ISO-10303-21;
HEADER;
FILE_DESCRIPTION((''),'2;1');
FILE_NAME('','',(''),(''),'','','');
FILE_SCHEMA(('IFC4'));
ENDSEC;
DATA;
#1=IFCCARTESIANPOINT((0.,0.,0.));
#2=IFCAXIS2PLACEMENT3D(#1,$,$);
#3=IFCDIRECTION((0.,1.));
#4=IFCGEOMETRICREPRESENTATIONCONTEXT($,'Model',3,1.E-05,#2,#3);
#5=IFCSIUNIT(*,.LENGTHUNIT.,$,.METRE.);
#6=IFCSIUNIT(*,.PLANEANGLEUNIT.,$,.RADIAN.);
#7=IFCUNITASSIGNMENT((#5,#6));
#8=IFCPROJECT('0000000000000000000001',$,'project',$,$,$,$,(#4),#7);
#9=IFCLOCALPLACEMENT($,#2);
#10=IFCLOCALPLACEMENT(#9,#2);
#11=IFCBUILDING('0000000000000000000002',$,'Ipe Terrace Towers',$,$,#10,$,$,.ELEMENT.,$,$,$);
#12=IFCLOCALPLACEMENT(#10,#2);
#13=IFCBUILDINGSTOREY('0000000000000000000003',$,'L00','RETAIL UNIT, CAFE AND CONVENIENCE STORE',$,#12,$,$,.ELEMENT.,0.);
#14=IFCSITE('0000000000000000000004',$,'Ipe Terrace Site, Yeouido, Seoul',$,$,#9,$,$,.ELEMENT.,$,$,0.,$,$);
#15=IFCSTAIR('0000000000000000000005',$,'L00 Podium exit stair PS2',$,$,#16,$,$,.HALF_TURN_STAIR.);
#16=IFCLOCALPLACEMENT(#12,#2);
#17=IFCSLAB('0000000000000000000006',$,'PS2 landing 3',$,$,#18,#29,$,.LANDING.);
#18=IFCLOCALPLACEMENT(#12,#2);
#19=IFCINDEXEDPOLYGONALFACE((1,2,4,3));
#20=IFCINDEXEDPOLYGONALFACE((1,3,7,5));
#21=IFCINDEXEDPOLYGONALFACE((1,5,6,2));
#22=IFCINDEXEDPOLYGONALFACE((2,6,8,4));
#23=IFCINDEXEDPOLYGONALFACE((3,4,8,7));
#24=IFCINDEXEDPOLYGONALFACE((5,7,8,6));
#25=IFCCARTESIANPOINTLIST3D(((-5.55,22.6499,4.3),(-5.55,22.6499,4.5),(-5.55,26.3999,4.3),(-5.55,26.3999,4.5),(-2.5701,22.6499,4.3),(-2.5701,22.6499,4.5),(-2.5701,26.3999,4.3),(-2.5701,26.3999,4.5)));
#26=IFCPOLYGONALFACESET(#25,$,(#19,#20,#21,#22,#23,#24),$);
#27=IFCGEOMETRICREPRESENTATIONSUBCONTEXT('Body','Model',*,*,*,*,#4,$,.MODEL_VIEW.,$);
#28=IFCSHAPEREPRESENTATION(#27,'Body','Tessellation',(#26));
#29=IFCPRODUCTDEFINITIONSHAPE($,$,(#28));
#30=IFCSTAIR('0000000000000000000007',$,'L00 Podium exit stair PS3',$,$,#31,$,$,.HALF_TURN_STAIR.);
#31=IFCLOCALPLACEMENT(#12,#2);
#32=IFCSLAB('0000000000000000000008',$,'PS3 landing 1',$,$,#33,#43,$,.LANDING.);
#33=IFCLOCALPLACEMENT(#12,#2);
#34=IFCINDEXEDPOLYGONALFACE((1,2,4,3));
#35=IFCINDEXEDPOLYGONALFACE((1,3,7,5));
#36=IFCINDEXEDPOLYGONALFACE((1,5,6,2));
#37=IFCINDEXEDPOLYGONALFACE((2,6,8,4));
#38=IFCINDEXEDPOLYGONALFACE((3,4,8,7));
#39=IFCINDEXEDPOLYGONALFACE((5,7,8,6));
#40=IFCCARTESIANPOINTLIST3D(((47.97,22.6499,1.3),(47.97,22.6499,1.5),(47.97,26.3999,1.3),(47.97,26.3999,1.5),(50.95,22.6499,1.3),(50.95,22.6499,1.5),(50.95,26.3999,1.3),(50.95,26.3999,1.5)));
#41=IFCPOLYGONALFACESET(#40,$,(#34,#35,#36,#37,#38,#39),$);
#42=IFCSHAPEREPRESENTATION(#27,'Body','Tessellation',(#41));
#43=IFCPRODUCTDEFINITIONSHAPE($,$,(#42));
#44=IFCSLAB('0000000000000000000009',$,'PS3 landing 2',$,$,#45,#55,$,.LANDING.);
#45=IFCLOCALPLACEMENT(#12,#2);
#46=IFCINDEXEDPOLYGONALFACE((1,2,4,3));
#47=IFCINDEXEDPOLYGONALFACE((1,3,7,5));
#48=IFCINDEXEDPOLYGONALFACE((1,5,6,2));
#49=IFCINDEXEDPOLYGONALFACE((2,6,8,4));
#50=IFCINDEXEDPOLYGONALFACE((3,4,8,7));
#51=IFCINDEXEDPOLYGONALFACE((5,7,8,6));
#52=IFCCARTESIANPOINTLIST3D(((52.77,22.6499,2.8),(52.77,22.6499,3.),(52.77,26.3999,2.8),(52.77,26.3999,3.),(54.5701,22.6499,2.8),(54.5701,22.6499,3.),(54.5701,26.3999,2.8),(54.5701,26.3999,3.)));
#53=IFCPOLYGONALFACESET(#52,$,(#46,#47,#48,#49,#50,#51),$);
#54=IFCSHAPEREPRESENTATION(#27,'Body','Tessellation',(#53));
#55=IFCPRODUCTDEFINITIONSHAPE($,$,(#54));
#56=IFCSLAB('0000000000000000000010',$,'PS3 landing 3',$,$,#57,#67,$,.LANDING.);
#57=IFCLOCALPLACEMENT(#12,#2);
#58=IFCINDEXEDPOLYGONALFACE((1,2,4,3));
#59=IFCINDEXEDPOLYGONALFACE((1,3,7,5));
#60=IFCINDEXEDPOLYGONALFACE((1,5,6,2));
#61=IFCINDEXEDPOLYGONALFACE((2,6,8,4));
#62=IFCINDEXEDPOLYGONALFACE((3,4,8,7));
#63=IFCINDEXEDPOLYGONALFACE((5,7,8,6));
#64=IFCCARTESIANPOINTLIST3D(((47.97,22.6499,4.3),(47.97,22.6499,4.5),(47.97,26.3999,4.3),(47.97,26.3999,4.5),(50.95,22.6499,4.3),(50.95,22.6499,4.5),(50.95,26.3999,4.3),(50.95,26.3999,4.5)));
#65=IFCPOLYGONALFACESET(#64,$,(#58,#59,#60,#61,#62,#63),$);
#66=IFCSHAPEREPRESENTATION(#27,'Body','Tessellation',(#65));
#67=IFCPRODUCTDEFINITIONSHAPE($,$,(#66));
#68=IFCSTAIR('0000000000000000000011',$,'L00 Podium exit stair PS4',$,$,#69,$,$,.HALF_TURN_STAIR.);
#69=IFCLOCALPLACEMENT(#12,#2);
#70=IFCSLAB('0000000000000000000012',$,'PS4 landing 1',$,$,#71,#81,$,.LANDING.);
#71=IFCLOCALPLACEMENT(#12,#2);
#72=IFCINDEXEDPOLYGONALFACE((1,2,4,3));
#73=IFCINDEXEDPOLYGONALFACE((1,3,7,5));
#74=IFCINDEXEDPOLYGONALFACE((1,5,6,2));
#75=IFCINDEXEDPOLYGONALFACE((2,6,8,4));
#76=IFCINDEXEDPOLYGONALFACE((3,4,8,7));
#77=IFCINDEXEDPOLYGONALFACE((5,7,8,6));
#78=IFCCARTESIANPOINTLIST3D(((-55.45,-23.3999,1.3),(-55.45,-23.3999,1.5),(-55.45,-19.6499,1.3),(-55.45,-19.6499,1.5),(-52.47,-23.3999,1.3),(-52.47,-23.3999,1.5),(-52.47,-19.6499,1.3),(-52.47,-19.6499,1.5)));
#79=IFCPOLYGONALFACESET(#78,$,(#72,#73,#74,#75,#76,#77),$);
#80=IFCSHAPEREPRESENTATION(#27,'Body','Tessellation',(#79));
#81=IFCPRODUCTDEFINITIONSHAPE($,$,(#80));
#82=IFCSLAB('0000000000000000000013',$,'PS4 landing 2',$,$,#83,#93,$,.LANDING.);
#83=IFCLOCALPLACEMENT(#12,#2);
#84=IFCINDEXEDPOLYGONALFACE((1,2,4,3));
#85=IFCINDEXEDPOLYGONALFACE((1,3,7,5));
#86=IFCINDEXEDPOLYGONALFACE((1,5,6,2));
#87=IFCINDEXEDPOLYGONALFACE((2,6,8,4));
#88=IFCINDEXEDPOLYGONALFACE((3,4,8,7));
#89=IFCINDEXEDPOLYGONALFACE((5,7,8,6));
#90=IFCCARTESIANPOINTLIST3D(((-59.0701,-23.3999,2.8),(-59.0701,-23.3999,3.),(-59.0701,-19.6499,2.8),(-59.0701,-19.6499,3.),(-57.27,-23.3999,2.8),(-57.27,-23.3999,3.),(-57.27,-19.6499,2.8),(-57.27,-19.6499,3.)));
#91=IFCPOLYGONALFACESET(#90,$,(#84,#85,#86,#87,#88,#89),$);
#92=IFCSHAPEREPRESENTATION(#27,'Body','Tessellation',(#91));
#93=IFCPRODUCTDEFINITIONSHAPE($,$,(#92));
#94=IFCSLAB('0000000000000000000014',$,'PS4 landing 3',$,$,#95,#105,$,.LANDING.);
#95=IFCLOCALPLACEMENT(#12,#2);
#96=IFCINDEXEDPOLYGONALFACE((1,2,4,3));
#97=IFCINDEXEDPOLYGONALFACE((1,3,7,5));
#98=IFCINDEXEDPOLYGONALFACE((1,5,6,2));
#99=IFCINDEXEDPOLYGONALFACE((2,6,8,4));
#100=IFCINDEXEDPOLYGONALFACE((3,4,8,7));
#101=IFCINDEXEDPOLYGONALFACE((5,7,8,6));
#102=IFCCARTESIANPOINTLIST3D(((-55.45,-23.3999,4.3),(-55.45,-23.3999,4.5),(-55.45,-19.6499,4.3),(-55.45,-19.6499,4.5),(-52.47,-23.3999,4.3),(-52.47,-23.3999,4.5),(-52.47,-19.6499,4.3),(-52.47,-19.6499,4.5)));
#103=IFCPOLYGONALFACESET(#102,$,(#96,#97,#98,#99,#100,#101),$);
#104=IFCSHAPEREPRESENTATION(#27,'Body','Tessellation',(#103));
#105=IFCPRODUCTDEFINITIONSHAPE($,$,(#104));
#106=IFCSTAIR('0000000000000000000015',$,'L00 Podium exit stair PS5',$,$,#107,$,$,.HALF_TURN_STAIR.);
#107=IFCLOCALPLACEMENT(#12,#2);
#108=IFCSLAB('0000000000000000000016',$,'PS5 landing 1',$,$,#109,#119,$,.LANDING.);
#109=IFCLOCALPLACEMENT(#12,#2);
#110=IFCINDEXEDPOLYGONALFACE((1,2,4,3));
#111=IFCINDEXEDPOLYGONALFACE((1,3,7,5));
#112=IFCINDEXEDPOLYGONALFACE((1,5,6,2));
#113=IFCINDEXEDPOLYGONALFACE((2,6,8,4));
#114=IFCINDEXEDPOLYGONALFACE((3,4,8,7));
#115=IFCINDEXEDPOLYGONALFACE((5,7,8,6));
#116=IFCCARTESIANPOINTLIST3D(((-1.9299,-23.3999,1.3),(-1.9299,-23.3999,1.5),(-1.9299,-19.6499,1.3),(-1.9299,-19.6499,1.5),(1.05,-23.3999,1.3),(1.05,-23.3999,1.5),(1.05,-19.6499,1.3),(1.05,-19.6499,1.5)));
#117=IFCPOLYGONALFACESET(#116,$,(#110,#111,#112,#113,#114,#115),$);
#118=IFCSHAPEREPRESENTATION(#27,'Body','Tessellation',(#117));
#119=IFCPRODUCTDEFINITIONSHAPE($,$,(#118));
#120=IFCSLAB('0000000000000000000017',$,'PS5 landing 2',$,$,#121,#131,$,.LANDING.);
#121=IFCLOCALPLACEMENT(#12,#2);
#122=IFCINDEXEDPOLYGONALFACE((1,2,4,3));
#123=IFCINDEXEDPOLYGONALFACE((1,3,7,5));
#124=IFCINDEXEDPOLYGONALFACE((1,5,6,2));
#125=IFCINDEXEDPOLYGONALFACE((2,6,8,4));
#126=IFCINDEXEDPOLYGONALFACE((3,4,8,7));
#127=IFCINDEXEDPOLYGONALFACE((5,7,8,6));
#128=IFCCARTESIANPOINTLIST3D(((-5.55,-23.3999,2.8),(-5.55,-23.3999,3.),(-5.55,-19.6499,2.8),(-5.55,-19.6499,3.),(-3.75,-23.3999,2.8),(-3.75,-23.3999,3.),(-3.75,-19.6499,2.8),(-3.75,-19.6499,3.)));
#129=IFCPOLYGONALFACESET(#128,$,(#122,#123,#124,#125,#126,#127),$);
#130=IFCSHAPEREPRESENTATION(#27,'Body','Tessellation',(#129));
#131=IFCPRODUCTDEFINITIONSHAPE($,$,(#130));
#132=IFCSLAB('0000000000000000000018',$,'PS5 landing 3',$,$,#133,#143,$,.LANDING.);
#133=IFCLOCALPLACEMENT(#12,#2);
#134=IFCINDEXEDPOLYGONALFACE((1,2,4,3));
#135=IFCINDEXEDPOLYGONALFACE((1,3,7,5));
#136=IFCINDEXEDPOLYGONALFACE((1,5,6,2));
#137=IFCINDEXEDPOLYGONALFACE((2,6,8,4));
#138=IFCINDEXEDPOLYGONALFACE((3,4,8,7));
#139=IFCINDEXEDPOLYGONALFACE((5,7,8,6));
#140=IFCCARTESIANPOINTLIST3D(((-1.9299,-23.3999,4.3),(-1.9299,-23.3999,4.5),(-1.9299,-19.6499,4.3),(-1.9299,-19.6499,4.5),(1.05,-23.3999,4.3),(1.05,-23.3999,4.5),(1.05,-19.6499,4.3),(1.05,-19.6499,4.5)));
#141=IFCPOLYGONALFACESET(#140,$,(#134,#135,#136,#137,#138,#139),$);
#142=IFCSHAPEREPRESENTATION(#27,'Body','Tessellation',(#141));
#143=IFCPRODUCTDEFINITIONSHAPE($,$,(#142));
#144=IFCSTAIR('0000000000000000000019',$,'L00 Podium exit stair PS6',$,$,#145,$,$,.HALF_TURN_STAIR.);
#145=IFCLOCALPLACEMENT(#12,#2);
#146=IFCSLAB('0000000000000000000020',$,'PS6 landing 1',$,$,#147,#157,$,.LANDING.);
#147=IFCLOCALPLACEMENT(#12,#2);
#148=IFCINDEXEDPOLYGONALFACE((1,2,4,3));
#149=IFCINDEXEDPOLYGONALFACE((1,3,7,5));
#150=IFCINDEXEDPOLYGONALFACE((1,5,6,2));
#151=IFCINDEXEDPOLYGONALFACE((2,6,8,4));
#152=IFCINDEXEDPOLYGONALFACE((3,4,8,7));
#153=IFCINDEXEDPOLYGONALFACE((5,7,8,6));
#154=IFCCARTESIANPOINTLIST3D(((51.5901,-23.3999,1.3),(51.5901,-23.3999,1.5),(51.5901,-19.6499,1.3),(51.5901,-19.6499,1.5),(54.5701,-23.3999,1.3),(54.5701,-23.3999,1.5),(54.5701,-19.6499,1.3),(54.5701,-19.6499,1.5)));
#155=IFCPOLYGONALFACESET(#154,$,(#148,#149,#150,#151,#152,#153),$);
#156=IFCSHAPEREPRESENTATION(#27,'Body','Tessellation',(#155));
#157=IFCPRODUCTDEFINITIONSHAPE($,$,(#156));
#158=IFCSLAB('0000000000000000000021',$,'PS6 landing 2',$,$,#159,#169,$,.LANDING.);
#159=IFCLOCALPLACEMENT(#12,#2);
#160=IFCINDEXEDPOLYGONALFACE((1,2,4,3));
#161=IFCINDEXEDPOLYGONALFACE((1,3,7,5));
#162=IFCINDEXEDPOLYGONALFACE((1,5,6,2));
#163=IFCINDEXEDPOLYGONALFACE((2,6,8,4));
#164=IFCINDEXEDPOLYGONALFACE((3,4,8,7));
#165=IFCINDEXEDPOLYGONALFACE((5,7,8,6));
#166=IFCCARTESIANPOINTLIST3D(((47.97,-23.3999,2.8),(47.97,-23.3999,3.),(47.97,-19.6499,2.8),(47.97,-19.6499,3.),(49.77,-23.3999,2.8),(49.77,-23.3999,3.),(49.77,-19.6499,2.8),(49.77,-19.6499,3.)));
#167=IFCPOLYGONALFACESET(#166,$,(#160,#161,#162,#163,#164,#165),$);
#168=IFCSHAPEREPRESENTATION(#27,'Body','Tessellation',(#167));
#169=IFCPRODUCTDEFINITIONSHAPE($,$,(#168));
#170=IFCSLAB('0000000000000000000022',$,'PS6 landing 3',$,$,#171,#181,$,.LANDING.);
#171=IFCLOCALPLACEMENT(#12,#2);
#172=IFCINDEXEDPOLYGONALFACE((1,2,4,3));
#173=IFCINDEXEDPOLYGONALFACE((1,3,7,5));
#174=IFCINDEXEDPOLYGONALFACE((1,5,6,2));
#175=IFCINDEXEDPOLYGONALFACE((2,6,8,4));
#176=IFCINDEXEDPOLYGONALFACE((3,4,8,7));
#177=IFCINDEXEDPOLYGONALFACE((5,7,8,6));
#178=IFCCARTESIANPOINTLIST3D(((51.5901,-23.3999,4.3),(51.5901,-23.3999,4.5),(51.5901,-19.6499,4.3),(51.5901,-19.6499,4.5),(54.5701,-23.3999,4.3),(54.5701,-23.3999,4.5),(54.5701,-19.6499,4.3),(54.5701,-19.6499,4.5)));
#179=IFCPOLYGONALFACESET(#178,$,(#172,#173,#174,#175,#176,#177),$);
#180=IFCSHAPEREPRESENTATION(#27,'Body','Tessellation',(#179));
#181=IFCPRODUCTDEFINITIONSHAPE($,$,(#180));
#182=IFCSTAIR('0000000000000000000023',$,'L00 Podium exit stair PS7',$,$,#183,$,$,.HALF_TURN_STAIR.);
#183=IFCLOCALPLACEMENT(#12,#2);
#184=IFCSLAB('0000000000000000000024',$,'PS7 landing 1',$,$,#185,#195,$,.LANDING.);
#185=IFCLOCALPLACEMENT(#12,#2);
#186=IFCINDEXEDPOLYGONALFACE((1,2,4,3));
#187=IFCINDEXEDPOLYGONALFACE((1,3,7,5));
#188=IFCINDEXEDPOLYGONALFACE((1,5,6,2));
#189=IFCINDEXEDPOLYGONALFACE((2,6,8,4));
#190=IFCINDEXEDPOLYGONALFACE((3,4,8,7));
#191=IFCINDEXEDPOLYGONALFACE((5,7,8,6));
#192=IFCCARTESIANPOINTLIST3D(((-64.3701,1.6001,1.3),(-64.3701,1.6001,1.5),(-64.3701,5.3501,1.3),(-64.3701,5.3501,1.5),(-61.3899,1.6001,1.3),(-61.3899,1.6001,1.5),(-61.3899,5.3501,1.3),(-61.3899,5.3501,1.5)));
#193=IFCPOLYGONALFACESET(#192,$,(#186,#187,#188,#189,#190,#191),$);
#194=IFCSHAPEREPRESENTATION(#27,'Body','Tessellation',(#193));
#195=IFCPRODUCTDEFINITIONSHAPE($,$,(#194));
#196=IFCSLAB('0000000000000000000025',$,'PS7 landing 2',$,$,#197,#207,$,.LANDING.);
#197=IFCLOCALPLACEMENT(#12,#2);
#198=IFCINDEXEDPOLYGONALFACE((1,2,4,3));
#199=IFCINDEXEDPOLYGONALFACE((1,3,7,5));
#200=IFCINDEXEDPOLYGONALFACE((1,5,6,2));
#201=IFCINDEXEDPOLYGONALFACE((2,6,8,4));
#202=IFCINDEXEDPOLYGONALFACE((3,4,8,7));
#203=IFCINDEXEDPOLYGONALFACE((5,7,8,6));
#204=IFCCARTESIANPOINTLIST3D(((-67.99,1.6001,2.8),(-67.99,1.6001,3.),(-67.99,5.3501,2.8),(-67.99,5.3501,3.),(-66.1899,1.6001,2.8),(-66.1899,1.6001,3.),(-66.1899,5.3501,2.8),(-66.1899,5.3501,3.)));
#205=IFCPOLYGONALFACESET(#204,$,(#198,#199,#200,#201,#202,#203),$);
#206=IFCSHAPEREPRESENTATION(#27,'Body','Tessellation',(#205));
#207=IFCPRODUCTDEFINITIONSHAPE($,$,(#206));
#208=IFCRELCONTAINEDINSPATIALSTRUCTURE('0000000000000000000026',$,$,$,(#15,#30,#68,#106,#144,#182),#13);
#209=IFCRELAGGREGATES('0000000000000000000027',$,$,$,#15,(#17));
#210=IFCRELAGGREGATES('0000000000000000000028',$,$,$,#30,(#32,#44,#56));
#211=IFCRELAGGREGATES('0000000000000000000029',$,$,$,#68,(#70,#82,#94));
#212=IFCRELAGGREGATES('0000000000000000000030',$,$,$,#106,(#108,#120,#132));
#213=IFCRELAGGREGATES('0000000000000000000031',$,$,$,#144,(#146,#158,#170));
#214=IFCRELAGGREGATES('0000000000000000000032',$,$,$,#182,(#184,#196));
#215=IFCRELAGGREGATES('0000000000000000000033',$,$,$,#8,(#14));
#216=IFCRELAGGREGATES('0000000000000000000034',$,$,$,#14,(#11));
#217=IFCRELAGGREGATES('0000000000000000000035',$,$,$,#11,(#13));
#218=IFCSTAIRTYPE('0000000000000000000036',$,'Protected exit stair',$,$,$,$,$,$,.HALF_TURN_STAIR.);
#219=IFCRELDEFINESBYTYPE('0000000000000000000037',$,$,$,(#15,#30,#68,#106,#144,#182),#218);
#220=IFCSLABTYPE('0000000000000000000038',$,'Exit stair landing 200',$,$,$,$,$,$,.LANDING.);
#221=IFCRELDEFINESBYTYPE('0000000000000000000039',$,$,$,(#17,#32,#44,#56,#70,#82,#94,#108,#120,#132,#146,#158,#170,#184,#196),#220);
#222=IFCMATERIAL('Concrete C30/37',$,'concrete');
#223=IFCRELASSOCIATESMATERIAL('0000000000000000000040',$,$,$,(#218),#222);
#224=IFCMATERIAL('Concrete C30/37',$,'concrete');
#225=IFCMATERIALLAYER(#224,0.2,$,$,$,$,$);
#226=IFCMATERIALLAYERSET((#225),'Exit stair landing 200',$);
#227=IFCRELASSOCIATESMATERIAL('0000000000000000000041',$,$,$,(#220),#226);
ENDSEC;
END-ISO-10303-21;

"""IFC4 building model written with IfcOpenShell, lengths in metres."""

from ifc_helpers import new_model, si_unit, direction, frame, origin, place, context, subcontext, project, spatial, polyline, outline, extrude, material, layer, layer_set, type_object, element, aggregate, save


model = new_model("IFC4")

# Units and contexts
model_context = context("Model", 3, precision=1e-05, world=origin(), true_north=direction((0.0, 1.0)))
body_context = subcontext(model_context, "Body", "Model", "MODEL_VIEW")
ifc_project = project(units=[si_unit("LENGTHUNIT", "METRE"), si_unit("PLANEANGLEUNIT", "RADIAN")], contexts=[model_context])

# Site, building, storey
site_placement = place(None, origin())
site = spatial("IfcSite", under=ifc_project, at=site_placement, Name="Ipe Terrace Site, Yeouido, Seoul", CompositionType="ELEMENT", RefElevation=0.0)
building_placement = place(site_placement, origin())
building = spatial("IfcBuilding", under=site, at=building_placement, Name="Ipe Terrace Towers", CompositionType="ELEMENT")
storey_placement = place(building_placement, origin())
storey = spatial("IfcBuildingStorey", under=building, at=storey_placement, Name="L00", Description="RETAIL UNIT, CAFE AND CONVENIENCE STORE", CompositionType="ELEMENT", Elevation=0.0)

# Stairs, slabs
ifc_material_1 = material(Name="Concrete C30/37", Category="concrete")
stair_type = type_object("IfcStairType", Name="Protected exit stair", PredefinedType="HALF_TURN_STAIR", material=ifc_material_1)
ifc_material_2 = material(Name="Concrete C30/37", Category="concrete")
ifc_layer_1 = layer(ifc_material_2, 0.2)
ifc_layer_set_1 = layer_set([ifc_layer_1], Name="Exit stair landing 200")
slab_type_1 = type_object("IfcSlabType", Name="Exit stair landing 200", PredefinedType="LANDING", material=ifc_layer_set_1)
stair_1_placement = place(storey_placement, origin())
stair_1 = element("IfcStair", 1, at=stair_1_placement, inside=storey, type_object=stair_type, Name="L00 Podium exit stair PS2", PredefinedType="HALF_TURN_STAIR")
slab_1_placement = place(storey_placement, frame((0.0, 0.0, 4.3)))
slab_1 = element("IfcSlab", 2, at=slab_1_placement, type_object=slab_type_1, Name="PS2 landing 3", PredefinedType="LANDING", context=body_context, shape_type="SweptSolid", body=[
    extrude(outline(polyline([(-2.5701, 26.3999), (-5.55, 26.3999), (-5.55, 22.6499), (-2.5701, 22.6499), (-2.5701, 26.3999)])), origin(), (0.0, 0.0, 1.0), 0.2),
])
aggregate(stair_1, [slab_1])
stair_2_placement = place(storey_placement, origin())
stair_2 = element("IfcStair", 3, at=stair_2_placement, inside=storey, type_object=stair_type, Name="L00 Podium exit stair PS3", PredefinedType="HALF_TURN_STAIR")
slab_2_placement = place(storey_placement, frame((0.0, 0.0, 1.3)))
slab_2 = element("IfcSlab", 4, at=slab_2_placement, type_object=slab_type_1, Name="PS3 landing 1", PredefinedType="LANDING", context=body_context, shape_type="SweptSolid", body=[
    extrude(outline(polyline([(50.95, 26.3999), (47.97, 26.3999), (47.97, 22.6499), (50.95, 22.6499), (50.95, 26.3999)])), origin(), (0.0, 0.0, 1.0), 0.2),
])
slab_3_placement = place(storey_placement, frame((0.0, 0.0, 2.8)))
slab_3 = element("IfcSlab", 5, at=slab_3_placement, type_object=slab_type_1, Name="PS3 landing 2", PredefinedType="LANDING", context=body_context, shape_type="SweptSolid", body=[
    extrude(outline(polyline([(54.5701, 26.3999), (52.77, 26.3999), (52.77, 22.6499), (54.5701, 22.6499), (54.5701, 26.3999)])), origin(), (0.0, 0.0, 1.0), 0.2),
])
slab_4_placement = place(storey_placement, frame((0.0, 0.0, 4.3)))
slab_4 = element("IfcSlab", 6, at=slab_4_placement, type_object=slab_type_1, Name="PS3 landing 3", PredefinedType="LANDING", context=body_context, shape_type="SweptSolid", body=[
    extrude(outline(polyline([(50.95, 26.3999), (47.97, 26.3999), (47.97, 22.6499), (50.95, 22.6499), (50.95, 26.3999)])), origin(), (0.0, 0.0, 1.0), 0.2),
])
aggregate(stair_2, [slab_2, slab_3, slab_4])
stair_3_placement = place(storey_placement, origin())
stair_3 = element("IfcStair", 7, at=stair_3_placement, inside=storey, type_object=stair_type, Name="L00 Podium exit stair PS4", PredefinedType="HALF_TURN_STAIR")
slab_5_placement = place(storey_placement, frame((0.0, 0.0, 1.3)))
slab_5 = element("IfcSlab", 8, at=slab_5_placement, type_object=slab_type_1, Name="PS4 landing 1", PredefinedType="LANDING", context=body_context, shape_type="SweptSolid", body=[
    extrude(outline(polyline([(-55.45, -23.3999), (-52.47, -23.3999), (-52.47, -19.6499), (-55.45, -19.6499), (-55.45, -23.3999)])), origin(), (0.0, 0.0, 1.0), 0.2),
])
slab_6_placement = place(storey_placement, frame((0.0, 0.0, 2.8)))
slab_6 = element("IfcSlab", 9, at=slab_6_placement, type_object=slab_type_1, Name="PS4 landing 2", PredefinedType="LANDING", context=body_context, shape_type="SweptSolid", body=[
    extrude(outline(polyline([(-59.0701, -23.3999), (-57.27, -23.3999), (-57.27, -19.6499), (-59.0701, -19.6499), (-59.0701, -23.3999)])), origin(), (0.0, 0.0, 1.0), 0.2),
])
slab_7_placement = place(storey_placement, frame((0.0, 0.0, 4.3)))
slab_7 = element("IfcSlab", 10, at=slab_7_placement, type_object=slab_type_1, Name="PS4 landing 3", PredefinedType="LANDING", context=body_context, shape_type="SweptSolid", body=[
    extrude(outline(polyline([(-55.45, -23.3999), (-52.47, -23.3999), (-52.47, -19.6499), (-55.45, -19.6499), (-55.45, -23.3999)])), origin(), (0.0, 0.0, 1.0), 0.2),
])
aggregate(stair_3, [slab_5, slab_6, slab_7])
stair_4_placement = place(storey_placement, origin())
stair_4 = element("IfcStair", 11, at=stair_4_placement, inside=storey, type_object=stair_type, Name="L00 Podium exit stair PS5", PredefinedType="HALF_TURN_STAIR")
slab_8_placement = place(storey_placement, frame((0.0, 0.0, 1.3)))
slab_8 = element("IfcSlab", 12, at=slab_8_placement, type_object=slab_type_1, Name="PS5 landing 1", PredefinedType="LANDING", context=body_context, shape_type="SweptSolid", body=[
    extrude(outline(polyline([(-1.9299, -23.3999), (1.05, -23.3999), (1.05, -19.6499), (-1.9299, -19.6499), (-1.9299, -23.3999)])), origin(), (0.0, 0.0, 1.0), 0.2),
])
slab_9_placement = place(storey_placement, frame((0.0, 0.0, 2.8)))
slab_9 = element("IfcSlab", 13, at=slab_9_placement, type_object=slab_type_1, Name="PS5 landing 2", PredefinedType="LANDING", context=body_context, shape_type="SweptSolid", body=[
    extrude(outline(polyline([(-5.55, -23.3999), (-3.75, -23.3999), (-3.75, -19.6499), (-5.55, -19.6499), (-5.55, -23.3999)])), origin(), (0.0, 0.0, 1.0), 0.2),
])
slab_10_placement = place(storey_placement, frame((0.0, 0.0, 4.3)))
slab_10 = element("IfcSlab", 14, at=slab_10_placement, type_object=slab_type_1, Name="PS5 landing 3", PredefinedType="LANDING", context=body_context, shape_type="SweptSolid", body=[
    extrude(outline(polyline([(-1.9299, -23.3999), (1.05, -23.3999), (1.05, -19.6499), (-1.9299, -19.6499), (-1.9299, -23.3999)])), origin(), (0.0, 0.0, 1.0), 0.2),
])
aggregate(stair_4, [slab_8, slab_9, slab_10])
stair_5_placement = place(storey_placement, origin())
stair_5 = element("IfcStair", 15, at=stair_5_placement, inside=storey, type_object=stair_type, Name="L00 Podium exit stair PS6", PredefinedType="HALF_TURN_STAIR")
slab_11_placement = place(storey_placement, frame((0.0, 0.0, 1.3)))
slab_11 = element("IfcSlab", 16, at=slab_11_placement, type_object=slab_type_1, Name="PS6 landing 1", PredefinedType="LANDING", context=body_context, shape_type="SweptSolid", body=[
    extrude(outline(polyline([(51.5901, -23.3999), (54.5701, -23.3999), (54.5701, -19.6499), (51.5901, -19.6499), (51.5901, -23.3999)])), origin(), (0.0, 0.0, 1.0), 0.2),
])
slab_12_placement = place(storey_placement, frame((0.0, 0.0, 2.8)))
slab_12 = element("IfcSlab", 17, at=slab_12_placement, type_object=slab_type_1, Name="PS6 landing 2", PredefinedType="LANDING", context=body_context, shape_type="SweptSolid", body=[
    extrude(outline(polyline([(47.97, -23.3999), (49.77, -23.3999), (49.77, -19.6499), (47.97, -19.6499), (47.97, -23.3999)])), origin(), (0.0, 0.0, 1.0), 0.2),
])
slab_13_placement = place(storey_placement, frame((0.0, 0.0, 4.3)))
slab_13 = element("IfcSlab", 18, at=slab_13_placement, type_object=slab_type_1, Name="PS6 landing 3", PredefinedType="LANDING", context=body_context, shape_type="SweptSolid", body=[
    extrude(outline(polyline([(51.5901, -23.3999), (54.5701, -23.3999), (54.5701, -19.6499), (51.5901, -19.6499), (51.5901, -23.3999)])), origin(), (0.0, 0.0, 1.0), 0.2),
])
aggregate(stair_5, [slab_11, slab_12, slab_13])
stair_6_placement = place(storey_placement, origin())
stair_6 = element("IfcStair", 19, at=stair_6_placement, inside=storey, type_object=stair_type, Name="L00 Podium exit stair PS7", PredefinedType="HALF_TURN_STAIR")
slab_14_placement = place(storey_placement, frame((0.0, 0.0, 1.3)))
slab_14 = element("IfcSlab", 20, at=slab_14_placement, type_object=slab_type_1, Name="PS7 landing 1", PredefinedType="LANDING", context=body_context, shape_type="SweptSolid", body=[
    extrude(outline(polyline([(-64.3701, 1.6001), (-61.3899, 1.6001), (-61.3899, 5.3501), (-64.3701, 5.3501), (-64.3701, 1.6001)])), origin(), (0.0, 0.0, 1.0), 0.2),
])
slab_15_placement = place(storey_placement, frame((0.0, 0.0, 2.8)))
slab_15 = element("IfcSlab", 21, at=slab_15_placement, type_object=slab_type_1, Name="PS7 landing 2", PredefinedType="LANDING", context=body_context, shape_type="SweptSolid", body=[
    extrude(outline(polyline([(-67.99, 1.6001), (-66.1899, 1.6001), (-66.1899, 5.3501), (-67.99, 5.3501), (-67.99, 1.6001)])), origin(), (0.0, 0.0, 1.0), 0.2),
])
aggregate(stair_6, [slab_14, slab_15])

save(model, "model.ifc")
